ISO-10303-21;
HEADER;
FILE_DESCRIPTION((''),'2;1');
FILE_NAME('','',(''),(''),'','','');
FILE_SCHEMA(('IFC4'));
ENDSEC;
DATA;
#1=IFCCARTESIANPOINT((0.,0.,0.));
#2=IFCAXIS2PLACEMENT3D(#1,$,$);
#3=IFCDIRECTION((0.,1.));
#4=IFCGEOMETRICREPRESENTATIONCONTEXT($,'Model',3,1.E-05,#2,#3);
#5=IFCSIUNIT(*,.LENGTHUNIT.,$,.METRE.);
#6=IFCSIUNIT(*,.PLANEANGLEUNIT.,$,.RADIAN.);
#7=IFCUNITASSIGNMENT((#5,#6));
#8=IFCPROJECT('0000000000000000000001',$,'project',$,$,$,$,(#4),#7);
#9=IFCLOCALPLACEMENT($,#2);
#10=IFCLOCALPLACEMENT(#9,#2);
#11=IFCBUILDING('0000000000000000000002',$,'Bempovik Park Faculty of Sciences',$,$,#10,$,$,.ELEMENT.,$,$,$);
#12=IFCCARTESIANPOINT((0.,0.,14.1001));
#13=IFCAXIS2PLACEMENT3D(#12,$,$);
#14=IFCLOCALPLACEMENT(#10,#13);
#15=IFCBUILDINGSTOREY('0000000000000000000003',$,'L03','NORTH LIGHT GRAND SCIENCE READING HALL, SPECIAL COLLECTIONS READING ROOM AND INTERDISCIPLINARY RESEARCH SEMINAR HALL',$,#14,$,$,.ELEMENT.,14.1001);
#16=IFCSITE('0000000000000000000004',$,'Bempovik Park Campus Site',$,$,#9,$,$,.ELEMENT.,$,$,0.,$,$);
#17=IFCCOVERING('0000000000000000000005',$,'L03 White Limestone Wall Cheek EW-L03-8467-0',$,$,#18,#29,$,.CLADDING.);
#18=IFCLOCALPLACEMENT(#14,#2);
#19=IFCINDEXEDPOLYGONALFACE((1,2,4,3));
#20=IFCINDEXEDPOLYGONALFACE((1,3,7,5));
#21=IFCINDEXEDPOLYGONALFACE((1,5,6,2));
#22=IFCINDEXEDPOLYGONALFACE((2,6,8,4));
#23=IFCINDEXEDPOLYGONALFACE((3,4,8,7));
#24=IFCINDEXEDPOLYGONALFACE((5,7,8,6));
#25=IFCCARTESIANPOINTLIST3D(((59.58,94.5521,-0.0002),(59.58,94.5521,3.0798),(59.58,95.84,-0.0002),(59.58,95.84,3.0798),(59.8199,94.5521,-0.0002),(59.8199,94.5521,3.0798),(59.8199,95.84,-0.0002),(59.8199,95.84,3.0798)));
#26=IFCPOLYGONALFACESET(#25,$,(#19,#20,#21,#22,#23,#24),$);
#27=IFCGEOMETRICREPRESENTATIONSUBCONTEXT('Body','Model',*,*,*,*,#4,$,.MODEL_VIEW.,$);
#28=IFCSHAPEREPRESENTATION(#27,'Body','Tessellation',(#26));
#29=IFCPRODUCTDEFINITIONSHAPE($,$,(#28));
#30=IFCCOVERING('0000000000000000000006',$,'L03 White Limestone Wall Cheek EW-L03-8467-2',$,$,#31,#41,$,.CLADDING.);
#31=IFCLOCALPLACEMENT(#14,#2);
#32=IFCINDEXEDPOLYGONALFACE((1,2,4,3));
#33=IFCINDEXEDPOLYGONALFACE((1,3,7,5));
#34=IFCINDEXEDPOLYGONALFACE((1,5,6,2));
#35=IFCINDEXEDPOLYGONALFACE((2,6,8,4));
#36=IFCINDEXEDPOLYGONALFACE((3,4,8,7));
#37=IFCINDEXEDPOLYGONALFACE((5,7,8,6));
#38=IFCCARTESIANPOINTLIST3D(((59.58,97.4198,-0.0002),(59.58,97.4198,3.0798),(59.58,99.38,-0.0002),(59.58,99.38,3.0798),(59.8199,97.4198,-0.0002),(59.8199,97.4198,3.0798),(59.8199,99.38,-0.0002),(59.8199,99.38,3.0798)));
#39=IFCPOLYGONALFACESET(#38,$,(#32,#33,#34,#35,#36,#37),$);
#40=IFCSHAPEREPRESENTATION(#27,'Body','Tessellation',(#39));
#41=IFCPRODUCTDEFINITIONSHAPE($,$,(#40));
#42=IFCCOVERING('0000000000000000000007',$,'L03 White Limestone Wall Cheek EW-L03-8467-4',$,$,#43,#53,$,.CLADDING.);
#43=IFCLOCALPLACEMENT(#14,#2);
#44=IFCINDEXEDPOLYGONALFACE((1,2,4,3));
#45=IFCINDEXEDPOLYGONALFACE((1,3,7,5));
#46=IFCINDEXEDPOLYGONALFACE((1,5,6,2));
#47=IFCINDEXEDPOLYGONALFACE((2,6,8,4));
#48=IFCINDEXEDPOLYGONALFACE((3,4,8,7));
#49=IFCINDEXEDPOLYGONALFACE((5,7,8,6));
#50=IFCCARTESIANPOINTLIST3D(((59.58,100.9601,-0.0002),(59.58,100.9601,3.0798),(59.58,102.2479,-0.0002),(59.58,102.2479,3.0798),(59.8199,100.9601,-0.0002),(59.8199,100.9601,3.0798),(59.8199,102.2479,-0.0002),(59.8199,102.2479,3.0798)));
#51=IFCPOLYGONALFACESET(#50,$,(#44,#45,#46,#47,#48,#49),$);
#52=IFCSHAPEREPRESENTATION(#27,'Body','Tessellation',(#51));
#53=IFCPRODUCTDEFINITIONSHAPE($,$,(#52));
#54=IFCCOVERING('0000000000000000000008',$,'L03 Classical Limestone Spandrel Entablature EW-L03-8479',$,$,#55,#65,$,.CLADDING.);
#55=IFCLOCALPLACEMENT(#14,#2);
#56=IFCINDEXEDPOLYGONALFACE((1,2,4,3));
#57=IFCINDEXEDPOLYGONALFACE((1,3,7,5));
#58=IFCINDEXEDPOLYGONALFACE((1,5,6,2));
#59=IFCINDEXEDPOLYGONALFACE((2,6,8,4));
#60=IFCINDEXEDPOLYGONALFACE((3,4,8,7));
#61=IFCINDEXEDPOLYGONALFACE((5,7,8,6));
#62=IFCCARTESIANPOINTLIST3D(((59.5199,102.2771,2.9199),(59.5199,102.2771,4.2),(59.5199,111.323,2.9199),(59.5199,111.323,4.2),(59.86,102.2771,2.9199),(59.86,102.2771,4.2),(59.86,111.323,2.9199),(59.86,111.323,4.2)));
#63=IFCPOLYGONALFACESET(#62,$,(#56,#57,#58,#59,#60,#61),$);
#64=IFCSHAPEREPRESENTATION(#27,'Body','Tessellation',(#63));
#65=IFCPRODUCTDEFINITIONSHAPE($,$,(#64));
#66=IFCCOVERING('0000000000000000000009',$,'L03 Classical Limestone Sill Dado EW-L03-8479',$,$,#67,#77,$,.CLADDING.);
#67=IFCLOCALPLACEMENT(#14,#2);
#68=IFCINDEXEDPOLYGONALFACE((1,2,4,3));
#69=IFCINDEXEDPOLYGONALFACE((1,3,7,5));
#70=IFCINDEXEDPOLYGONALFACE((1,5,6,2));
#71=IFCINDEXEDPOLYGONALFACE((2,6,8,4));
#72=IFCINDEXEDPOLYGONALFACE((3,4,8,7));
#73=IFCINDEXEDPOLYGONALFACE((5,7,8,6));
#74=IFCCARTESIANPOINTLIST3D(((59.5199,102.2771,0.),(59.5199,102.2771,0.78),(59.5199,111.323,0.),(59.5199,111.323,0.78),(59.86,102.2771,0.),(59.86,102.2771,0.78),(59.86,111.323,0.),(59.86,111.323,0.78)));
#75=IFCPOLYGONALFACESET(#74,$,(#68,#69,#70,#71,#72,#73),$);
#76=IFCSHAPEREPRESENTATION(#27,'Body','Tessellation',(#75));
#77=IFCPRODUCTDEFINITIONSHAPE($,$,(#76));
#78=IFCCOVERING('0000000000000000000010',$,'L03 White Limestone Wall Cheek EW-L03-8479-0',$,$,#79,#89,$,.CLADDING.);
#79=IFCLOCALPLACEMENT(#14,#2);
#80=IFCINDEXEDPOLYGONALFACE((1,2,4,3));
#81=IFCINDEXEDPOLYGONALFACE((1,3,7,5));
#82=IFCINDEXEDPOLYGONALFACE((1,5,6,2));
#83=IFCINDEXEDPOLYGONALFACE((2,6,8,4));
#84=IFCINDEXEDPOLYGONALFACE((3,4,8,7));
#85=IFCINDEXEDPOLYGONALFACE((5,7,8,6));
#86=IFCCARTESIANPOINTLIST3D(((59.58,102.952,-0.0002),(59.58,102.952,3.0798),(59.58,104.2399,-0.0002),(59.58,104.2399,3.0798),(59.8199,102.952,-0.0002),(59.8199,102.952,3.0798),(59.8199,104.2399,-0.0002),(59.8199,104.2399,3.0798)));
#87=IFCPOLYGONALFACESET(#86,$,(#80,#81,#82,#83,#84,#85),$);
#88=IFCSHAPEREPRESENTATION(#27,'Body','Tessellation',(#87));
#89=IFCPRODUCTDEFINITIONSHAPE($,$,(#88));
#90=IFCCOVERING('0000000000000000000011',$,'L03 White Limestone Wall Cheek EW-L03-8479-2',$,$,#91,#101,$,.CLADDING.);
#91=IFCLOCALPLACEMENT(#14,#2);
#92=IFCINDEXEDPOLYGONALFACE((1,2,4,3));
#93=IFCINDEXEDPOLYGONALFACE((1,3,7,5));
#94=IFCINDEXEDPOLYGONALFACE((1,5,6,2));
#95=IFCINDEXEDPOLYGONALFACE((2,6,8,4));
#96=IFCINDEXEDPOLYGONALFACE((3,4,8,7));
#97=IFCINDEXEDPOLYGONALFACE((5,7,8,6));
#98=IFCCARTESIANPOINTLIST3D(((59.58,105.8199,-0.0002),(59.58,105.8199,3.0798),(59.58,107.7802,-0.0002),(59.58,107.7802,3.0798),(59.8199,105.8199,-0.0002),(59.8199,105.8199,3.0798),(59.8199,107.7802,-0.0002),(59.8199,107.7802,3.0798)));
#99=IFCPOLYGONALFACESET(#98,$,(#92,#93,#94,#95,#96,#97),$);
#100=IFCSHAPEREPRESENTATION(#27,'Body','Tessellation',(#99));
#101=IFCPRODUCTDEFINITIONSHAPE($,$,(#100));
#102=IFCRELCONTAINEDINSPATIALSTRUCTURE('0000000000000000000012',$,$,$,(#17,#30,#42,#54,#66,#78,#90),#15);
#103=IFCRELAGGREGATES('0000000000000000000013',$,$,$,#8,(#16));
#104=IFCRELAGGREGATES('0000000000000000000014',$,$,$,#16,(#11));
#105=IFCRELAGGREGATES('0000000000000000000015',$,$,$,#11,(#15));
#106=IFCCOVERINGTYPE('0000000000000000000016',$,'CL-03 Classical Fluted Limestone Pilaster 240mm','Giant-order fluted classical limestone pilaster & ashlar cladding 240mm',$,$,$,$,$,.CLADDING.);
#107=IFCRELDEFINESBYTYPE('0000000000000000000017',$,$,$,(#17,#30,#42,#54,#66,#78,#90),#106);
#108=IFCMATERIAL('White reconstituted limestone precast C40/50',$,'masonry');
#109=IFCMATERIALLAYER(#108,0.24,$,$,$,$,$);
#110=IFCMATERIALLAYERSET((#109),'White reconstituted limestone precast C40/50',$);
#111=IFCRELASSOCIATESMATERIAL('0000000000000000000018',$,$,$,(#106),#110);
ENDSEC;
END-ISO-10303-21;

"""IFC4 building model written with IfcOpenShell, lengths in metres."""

from ifc_helpers import new_model, si_unit, direction, frame, origin, origin_2d, place, context, subcontext, project, spatial, rectangle, extrude, material, layer, layer_set, type_object, element, save


model = new_model("IFC4")

# Units and contexts
model_context = context("Model", 3, precision=1e-05, world=origin(), true_north=direction((0.0, 1.0)))
body_context = subcontext(model_context, "Body", "Model", "MODEL_VIEW")
ifc_project = project(units=[si_unit("LENGTHUNIT", "METRE"), si_unit("PLANEANGLEUNIT", "RADIAN")], contexts=[model_context])

# Site, building, storey
site_placement = place(None, origin())
site = spatial("IfcSite", under=ifc_project, at=site_placement, Name="Bempovik Park Campus Site", CompositionType="ELEMENT", RefElevation=0.0)
building_placement = place(site_placement, origin())
building = spatial("IfcBuilding", under=site, at=building_placement, Name="Bempovik Park Faculty of Sciences", CompositionType="ELEMENT")
storey_placement = place(building_placement, frame((0.0, 0.0, 14.1001)))
storey = spatial("IfcBuildingStorey", under=building, at=storey_placement, Name="L03", Description="NORTH LIGHT GRAND SCIENCE READING HALL, SPECIAL COLLECTIONS READING ROOM AND INTERDISCIPLINARY RESEARCH SEMINAR HALL", CompositionType="ELEMENT", Elevation=14.1001)

# Coverings
ifc_material_1 = material(Name="White reconstituted limestone precast C40/50", Category="masonry")
ifc_layer_1 = layer(ifc_material_1, 0.24)
ifc_layer_set_1 = layer_set([ifc_layer_1], Name="White reconstituted limestone precast C40/50")
covering_type = type_object("IfcCoveringType", Name="CL-03 Classical Fluted Limestone Pilaster 240mm", Description="Giant-order fluted classical limestone pilaster & ashlar cladding 240mm", PredefinedType="CLADDING", material=ifc_layer_set_1)
covering_1_placement = place(storey_placement, frame((59.7, 95.196, -0.0002), z_axis=(0.0, 0.0, 1.0), x_axis=(1.0, 0.0, 0.0)))
element("IfcCovering", 1, at=covering_1_placement, inside=storey, type_object=covering_type, Name="L03 White Limestone Wall Cheek EW-L03-8467-0", PredefinedType="CLADDING", context=body_context, shape_type="SweptSolid", body=[
    extrude(rectangle(XDim=0.24, YDim=1.2878, at=origin_2d()), origin(), (0.0, 0.0, 1.0), 3.0801),
])
covering_2_placement = place(storey_placement, frame((59.7, 98.3999, -0.0002), z_axis=(0.0, 0.0, 1.0), x_axis=(1.0, 0.0, 0.0)))
element("IfcCovering", 2, at=covering_2_placement, inside=storey, type_object=covering_type, Name="L03 White Limestone Wall Cheek EW-L03-8467-2", PredefinedType="CLADDING", context=body_context, shape_type="SweptSolid", body=[
    extrude(rectangle(XDim=0.24, YDim=1.9602, at=origin_2d()), origin(), (0.0, 0.0, 1.0), 3.0801),
])
covering_3_placement = place(storey_placement, frame((59.7, 101.604, -0.0002), z_axis=(0.0, 0.0, 1.0), x_axis=(1.0, 0.0, 0.0)))
element("IfcCovering", 3, at=covering_3_placement, inside=storey, type_object=covering_type, Name="L03 White Limestone Wall Cheek EW-L03-8467-4", PredefinedType="CLADDING", context=body_context, shape_type="SweptSolid", body=[
    extrude(rectangle(XDim=0.24, YDim=1.2878, at=origin_2d()), origin(), (0.0, 0.0, 1.0), 3.0801),
])
covering_4_placement = place(storey_placement, frame((59.6899, 106.8, 2.9199), z_axis=(0.0, 0.0, 1.0), x_axis=(1.0, 0.0, 0.0)))
element("IfcCovering", 4, at=covering_4_placement, inside=storey, type_object=covering_type, Name="L03 Classical Limestone Spandrel Entablature EW-L03-8479", PredefinedType="CLADDING", context=body_context, shape_type="SweptSolid", body=[
    extrude(rectangle(XDim=0.3401, YDim=9.0459, at=origin_2d()), origin(), (0.0, 0.0, 1.0), 1.28),
])
covering_5_placement = place(storey_placement, frame((59.6899, 106.8, 0.0), z_axis=(0.0, 0.0, 1.0), x_axis=(1.0, 0.0, 0.0)))
element("IfcCovering", 5, at=covering_5_placement, inside=storey, type_object=covering_type, Name="L03 Classical Limestone Sill Dado EW-L03-8479", PredefinedType="CLADDING", context=body_context, shape_type="SweptSolid", body=[
    extrude(rectangle(XDim=0.3401, YDim=9.0459, at=origin_2d()), origin(), (0.0, 0.0, 1.0), 0.78),
])
covering_6_placement = place(storey_placement, frame((59.7, 103.5959, -0.0002), z_axis=(0.0, 0.0, 1.0), x_axis=(1.0, 0.0, 0.0)))
element("IfcCovering", 6, at=covering_6_placement, inside=storey, type_object=covering_type, Name="L03 White Limestone Wall Cheek EW-L03-8479-0", PredefinedType="CLADDING", context=body_context, shape_type="SweptSolid", body=[
    extrude(rectangle(XDim=0.24, YDim=1.2878, at=origin_2d()), origin(), (0.0, 0.0, 1.0), 3.0801),
])
covering_7_placement = place(storey_placement, frame((59.7, 106.8, -0.0002), z_axis=(0.0, 0.0, 1.0), x_axis=(1.0, 0.0, 0.0)))
element("IfcCovering", 7, at=covering_7_placement, inside=storey, type_object=covering_type, Name="L03 White Limestone Wall Cheek EW-L03-8479-2", PredefinedType="CLADDING", context=body_context, shape_type="SweptSolid", body=[
    extrude(rectangle(XDim=0.24, YDim=1.9602, at=origin_2d()), origin(), (0.0, 0.0, 1.0), 3.0801),
])

save(model, "model.ifc")
